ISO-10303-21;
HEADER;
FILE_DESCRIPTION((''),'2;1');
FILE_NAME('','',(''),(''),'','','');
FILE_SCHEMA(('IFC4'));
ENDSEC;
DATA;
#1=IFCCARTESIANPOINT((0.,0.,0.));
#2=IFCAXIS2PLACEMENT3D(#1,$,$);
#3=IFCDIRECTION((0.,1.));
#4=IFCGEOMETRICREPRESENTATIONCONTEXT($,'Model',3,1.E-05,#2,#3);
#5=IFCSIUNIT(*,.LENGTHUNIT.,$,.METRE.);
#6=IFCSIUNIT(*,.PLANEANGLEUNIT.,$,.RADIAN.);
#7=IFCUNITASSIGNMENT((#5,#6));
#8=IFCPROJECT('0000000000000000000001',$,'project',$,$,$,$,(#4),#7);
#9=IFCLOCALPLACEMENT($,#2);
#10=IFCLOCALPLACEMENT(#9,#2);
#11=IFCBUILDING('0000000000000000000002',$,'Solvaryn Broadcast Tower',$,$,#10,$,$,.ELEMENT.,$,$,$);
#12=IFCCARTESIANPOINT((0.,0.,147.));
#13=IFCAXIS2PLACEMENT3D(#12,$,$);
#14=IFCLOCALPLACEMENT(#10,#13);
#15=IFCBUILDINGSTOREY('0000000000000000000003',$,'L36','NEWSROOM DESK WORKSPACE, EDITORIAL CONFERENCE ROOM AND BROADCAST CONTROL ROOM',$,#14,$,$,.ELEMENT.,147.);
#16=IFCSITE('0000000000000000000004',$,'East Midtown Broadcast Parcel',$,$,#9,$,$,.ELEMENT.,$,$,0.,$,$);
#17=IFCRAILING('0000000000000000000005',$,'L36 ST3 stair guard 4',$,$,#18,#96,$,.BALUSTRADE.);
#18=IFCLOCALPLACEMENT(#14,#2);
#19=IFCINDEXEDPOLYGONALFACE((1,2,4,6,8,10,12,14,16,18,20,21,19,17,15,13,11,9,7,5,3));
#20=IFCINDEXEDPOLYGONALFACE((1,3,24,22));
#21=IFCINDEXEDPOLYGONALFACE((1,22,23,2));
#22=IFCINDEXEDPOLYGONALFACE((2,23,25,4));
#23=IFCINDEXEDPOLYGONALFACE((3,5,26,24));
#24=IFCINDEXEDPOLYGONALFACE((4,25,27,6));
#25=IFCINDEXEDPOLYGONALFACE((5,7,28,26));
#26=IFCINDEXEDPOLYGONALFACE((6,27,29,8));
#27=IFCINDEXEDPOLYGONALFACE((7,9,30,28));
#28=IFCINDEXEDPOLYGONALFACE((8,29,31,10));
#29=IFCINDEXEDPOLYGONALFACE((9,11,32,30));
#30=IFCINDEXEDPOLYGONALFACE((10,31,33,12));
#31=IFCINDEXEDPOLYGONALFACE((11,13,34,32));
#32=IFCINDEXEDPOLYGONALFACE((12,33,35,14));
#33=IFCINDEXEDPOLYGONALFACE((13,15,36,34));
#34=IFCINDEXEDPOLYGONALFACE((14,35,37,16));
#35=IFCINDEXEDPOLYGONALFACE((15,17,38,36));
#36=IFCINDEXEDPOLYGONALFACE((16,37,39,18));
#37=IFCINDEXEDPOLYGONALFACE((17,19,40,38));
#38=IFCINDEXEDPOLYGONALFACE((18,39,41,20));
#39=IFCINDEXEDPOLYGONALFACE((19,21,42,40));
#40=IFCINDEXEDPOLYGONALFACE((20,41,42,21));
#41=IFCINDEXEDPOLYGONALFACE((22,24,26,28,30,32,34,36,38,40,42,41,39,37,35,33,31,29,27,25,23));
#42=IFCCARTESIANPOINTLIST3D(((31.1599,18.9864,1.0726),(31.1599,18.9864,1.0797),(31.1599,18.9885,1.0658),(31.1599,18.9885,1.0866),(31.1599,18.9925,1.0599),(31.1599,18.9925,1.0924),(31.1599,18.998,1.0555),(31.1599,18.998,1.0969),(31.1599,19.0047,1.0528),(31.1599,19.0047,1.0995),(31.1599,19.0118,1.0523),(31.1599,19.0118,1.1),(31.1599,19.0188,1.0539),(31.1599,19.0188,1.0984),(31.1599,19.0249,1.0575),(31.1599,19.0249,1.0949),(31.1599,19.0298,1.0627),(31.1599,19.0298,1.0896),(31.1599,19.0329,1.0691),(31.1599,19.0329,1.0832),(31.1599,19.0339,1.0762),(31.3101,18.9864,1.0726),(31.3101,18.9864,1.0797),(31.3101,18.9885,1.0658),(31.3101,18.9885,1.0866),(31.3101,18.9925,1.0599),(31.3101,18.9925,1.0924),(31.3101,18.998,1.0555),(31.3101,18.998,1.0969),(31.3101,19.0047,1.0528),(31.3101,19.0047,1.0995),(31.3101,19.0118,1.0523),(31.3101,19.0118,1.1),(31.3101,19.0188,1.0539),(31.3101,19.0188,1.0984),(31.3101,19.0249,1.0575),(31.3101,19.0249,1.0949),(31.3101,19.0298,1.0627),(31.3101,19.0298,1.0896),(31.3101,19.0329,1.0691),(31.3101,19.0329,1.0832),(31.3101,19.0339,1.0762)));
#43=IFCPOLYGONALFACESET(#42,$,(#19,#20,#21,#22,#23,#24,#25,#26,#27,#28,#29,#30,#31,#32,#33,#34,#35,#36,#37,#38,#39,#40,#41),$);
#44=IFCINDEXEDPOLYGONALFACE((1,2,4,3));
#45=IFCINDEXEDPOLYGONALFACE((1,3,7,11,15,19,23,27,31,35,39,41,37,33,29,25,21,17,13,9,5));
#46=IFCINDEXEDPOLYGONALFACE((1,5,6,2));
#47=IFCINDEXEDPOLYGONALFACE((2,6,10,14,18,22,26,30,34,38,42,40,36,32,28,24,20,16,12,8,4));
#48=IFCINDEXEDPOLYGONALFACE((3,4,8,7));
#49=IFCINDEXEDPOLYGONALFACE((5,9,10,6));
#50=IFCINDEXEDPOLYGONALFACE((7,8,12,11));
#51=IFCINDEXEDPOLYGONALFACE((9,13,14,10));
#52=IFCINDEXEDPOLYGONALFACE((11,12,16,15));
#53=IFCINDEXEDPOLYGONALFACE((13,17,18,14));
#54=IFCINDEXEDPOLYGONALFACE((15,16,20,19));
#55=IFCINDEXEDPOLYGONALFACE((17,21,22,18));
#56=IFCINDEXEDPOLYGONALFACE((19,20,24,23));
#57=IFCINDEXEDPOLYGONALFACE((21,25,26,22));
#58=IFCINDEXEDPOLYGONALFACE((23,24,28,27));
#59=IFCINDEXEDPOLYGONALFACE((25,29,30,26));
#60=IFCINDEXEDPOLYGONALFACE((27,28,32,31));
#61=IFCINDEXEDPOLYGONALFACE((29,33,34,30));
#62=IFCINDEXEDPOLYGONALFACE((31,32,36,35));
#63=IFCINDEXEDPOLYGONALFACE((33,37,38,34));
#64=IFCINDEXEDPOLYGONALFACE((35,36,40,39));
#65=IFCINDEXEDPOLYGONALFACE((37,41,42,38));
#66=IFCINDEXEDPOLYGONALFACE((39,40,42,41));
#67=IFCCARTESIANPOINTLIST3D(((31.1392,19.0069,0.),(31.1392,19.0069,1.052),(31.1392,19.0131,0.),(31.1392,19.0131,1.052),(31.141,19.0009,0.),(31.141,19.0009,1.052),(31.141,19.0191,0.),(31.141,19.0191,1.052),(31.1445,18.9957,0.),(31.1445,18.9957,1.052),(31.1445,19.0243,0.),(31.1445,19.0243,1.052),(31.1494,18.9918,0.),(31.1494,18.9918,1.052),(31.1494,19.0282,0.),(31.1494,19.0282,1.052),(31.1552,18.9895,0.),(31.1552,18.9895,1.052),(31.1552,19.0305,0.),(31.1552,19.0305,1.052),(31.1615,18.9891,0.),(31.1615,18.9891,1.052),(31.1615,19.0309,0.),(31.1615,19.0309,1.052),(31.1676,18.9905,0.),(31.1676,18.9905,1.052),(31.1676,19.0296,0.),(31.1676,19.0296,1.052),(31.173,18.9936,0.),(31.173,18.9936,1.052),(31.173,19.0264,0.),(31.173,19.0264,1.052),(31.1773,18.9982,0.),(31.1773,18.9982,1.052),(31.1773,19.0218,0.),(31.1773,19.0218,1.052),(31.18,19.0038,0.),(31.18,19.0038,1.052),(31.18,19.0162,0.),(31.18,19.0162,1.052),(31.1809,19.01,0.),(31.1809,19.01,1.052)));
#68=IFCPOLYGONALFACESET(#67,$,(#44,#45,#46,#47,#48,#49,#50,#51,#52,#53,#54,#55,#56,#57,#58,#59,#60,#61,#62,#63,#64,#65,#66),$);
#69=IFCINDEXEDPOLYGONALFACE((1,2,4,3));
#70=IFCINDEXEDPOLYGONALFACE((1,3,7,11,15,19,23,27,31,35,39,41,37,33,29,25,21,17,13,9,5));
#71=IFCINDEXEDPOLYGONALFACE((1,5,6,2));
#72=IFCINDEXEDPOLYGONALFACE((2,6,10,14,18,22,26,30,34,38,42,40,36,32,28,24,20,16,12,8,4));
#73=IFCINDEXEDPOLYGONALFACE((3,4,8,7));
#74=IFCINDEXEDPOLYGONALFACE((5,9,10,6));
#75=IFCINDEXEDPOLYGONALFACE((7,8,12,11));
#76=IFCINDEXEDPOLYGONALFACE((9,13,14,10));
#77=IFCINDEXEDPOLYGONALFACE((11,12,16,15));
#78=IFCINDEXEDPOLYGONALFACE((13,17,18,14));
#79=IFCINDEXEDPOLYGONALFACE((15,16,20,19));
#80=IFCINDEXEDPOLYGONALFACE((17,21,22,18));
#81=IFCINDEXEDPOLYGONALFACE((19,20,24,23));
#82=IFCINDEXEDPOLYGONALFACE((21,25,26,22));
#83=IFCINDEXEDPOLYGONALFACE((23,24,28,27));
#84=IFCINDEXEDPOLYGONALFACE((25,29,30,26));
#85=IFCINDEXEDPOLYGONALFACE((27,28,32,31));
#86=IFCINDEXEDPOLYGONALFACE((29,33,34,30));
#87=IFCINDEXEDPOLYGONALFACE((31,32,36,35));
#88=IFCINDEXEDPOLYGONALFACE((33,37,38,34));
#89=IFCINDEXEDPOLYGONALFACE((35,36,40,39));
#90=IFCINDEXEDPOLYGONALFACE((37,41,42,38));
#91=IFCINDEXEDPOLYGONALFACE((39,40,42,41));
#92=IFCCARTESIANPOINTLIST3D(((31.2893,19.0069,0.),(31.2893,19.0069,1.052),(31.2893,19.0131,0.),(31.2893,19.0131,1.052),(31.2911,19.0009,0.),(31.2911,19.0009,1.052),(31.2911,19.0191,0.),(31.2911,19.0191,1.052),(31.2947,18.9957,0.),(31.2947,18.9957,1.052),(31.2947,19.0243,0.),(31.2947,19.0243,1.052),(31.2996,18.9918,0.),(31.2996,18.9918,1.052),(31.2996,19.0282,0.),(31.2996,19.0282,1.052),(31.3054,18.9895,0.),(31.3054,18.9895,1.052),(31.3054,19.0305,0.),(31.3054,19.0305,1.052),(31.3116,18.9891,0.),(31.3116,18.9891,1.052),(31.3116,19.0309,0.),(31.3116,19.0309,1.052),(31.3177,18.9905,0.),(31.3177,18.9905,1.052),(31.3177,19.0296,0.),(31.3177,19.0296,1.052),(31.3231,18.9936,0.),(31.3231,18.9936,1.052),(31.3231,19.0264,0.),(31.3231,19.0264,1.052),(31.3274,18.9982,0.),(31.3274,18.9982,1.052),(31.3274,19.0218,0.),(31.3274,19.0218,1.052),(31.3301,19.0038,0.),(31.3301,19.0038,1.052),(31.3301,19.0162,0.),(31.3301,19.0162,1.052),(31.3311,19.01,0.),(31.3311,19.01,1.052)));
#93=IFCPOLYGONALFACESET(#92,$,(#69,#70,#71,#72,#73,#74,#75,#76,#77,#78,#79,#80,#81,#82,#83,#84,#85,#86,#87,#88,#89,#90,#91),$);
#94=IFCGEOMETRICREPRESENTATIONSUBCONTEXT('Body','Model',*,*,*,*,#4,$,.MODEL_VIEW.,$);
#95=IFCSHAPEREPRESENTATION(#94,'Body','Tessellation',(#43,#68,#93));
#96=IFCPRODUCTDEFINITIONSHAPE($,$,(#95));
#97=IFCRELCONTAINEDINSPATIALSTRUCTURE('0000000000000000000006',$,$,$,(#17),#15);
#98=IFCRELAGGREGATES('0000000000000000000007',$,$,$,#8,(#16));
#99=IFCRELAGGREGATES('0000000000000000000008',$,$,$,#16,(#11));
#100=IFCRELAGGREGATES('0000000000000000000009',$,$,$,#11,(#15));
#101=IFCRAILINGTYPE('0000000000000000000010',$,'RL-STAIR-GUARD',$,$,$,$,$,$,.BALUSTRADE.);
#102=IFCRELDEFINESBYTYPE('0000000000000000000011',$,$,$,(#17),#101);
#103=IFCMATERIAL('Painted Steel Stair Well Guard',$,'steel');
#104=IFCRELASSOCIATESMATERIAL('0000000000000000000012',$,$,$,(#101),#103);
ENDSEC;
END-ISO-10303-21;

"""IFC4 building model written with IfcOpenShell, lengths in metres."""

from ifc_helpers import new_model, si_unit, direction, frame, origin, origin_2d, place, context, subcontext, project, spatial, circle, extrude, material, type_object, element, save


model = new_model("IFC4")

# Units and contexts
model_context = context("Model", 3, precision=1e-05, world=origin(), true_north=direction((0.0, 1.0)))
body_context = subcontext(model_context, "Body", "Model", "MODEL_VIEW")
ifc_project = project(units=[si_unit("LENGTHUNIT", "METRE"), si_unit("PLANEANGLEUNIT", "RADIAN")], contexts=[model_context])

# Site, building, storey
site_placement = place(None, origin())
site = spatial("IfcSite", under=ifc_project, at=site_placement, Name="East Midtown Broadcast Parcel", CompositionType="ELEMENT", RefElevation=0.0)
building_placement = place(site_placement, origin())
building = spatial("IfcBuilding", under=site, at=building_placement, Name="Solvaryn Broadcast Tower", CompositionType="ELEMENT")
storey_placement = place(building_placement, frame((0.0, 0.0, 147.0)))
storey = spatial("IfcBuildingStorey", under=building, at=storey_placement, Name="L36", Description="NEWSROOM DESK WORKSPACE, EDITORIAL CONFERENCE ROOM AND BROADCAST CONTROL ROOM", CompositionType="ELEMENT", Elevation=147.0)

# Railing
ifc_material_1 = material(Name="Painted Steel Stair Well Guard", Category="steel")
railing_type_1 = type_object("IfcRailingType", Name="RL-STAIR-GUARD", PredefinedType="BALUSTRADE", material=ifc_material_1)
railing_1_placement = place(storey_placement, frame((31.1599, 19.01, 0.0)))
element("IfcRailing", 1, at=railing_1_placement, inside=storey, type_object=railing_type_1, Name="L36 ST3 stair guard 4", PredefinedType="BALUSTRADE", context=body_context, shape_type="SweptSolid", body=[
    extrude(circle(Radius=0.0239, at=origin_2d()), frame((0.0, 0.0, 1.0762), z_axis=(1.0, 0.0, 0.0), x_axis=(0.0, 1.0, 0.0)), (0.0, 0.0, 1.0), 0.1501),
    extrude(circle(Radius=0.021, at=origin_2d()), origin(), (0.0, 0.0, 1.0), 1.052),
    extrude(circle(Radius=0.021, at=origin_2d()), frame((0.1501, 0.0, 0.0)), (0.0, 0.0, 1.0), 1.052),
])

save(model, "model.ifc")
